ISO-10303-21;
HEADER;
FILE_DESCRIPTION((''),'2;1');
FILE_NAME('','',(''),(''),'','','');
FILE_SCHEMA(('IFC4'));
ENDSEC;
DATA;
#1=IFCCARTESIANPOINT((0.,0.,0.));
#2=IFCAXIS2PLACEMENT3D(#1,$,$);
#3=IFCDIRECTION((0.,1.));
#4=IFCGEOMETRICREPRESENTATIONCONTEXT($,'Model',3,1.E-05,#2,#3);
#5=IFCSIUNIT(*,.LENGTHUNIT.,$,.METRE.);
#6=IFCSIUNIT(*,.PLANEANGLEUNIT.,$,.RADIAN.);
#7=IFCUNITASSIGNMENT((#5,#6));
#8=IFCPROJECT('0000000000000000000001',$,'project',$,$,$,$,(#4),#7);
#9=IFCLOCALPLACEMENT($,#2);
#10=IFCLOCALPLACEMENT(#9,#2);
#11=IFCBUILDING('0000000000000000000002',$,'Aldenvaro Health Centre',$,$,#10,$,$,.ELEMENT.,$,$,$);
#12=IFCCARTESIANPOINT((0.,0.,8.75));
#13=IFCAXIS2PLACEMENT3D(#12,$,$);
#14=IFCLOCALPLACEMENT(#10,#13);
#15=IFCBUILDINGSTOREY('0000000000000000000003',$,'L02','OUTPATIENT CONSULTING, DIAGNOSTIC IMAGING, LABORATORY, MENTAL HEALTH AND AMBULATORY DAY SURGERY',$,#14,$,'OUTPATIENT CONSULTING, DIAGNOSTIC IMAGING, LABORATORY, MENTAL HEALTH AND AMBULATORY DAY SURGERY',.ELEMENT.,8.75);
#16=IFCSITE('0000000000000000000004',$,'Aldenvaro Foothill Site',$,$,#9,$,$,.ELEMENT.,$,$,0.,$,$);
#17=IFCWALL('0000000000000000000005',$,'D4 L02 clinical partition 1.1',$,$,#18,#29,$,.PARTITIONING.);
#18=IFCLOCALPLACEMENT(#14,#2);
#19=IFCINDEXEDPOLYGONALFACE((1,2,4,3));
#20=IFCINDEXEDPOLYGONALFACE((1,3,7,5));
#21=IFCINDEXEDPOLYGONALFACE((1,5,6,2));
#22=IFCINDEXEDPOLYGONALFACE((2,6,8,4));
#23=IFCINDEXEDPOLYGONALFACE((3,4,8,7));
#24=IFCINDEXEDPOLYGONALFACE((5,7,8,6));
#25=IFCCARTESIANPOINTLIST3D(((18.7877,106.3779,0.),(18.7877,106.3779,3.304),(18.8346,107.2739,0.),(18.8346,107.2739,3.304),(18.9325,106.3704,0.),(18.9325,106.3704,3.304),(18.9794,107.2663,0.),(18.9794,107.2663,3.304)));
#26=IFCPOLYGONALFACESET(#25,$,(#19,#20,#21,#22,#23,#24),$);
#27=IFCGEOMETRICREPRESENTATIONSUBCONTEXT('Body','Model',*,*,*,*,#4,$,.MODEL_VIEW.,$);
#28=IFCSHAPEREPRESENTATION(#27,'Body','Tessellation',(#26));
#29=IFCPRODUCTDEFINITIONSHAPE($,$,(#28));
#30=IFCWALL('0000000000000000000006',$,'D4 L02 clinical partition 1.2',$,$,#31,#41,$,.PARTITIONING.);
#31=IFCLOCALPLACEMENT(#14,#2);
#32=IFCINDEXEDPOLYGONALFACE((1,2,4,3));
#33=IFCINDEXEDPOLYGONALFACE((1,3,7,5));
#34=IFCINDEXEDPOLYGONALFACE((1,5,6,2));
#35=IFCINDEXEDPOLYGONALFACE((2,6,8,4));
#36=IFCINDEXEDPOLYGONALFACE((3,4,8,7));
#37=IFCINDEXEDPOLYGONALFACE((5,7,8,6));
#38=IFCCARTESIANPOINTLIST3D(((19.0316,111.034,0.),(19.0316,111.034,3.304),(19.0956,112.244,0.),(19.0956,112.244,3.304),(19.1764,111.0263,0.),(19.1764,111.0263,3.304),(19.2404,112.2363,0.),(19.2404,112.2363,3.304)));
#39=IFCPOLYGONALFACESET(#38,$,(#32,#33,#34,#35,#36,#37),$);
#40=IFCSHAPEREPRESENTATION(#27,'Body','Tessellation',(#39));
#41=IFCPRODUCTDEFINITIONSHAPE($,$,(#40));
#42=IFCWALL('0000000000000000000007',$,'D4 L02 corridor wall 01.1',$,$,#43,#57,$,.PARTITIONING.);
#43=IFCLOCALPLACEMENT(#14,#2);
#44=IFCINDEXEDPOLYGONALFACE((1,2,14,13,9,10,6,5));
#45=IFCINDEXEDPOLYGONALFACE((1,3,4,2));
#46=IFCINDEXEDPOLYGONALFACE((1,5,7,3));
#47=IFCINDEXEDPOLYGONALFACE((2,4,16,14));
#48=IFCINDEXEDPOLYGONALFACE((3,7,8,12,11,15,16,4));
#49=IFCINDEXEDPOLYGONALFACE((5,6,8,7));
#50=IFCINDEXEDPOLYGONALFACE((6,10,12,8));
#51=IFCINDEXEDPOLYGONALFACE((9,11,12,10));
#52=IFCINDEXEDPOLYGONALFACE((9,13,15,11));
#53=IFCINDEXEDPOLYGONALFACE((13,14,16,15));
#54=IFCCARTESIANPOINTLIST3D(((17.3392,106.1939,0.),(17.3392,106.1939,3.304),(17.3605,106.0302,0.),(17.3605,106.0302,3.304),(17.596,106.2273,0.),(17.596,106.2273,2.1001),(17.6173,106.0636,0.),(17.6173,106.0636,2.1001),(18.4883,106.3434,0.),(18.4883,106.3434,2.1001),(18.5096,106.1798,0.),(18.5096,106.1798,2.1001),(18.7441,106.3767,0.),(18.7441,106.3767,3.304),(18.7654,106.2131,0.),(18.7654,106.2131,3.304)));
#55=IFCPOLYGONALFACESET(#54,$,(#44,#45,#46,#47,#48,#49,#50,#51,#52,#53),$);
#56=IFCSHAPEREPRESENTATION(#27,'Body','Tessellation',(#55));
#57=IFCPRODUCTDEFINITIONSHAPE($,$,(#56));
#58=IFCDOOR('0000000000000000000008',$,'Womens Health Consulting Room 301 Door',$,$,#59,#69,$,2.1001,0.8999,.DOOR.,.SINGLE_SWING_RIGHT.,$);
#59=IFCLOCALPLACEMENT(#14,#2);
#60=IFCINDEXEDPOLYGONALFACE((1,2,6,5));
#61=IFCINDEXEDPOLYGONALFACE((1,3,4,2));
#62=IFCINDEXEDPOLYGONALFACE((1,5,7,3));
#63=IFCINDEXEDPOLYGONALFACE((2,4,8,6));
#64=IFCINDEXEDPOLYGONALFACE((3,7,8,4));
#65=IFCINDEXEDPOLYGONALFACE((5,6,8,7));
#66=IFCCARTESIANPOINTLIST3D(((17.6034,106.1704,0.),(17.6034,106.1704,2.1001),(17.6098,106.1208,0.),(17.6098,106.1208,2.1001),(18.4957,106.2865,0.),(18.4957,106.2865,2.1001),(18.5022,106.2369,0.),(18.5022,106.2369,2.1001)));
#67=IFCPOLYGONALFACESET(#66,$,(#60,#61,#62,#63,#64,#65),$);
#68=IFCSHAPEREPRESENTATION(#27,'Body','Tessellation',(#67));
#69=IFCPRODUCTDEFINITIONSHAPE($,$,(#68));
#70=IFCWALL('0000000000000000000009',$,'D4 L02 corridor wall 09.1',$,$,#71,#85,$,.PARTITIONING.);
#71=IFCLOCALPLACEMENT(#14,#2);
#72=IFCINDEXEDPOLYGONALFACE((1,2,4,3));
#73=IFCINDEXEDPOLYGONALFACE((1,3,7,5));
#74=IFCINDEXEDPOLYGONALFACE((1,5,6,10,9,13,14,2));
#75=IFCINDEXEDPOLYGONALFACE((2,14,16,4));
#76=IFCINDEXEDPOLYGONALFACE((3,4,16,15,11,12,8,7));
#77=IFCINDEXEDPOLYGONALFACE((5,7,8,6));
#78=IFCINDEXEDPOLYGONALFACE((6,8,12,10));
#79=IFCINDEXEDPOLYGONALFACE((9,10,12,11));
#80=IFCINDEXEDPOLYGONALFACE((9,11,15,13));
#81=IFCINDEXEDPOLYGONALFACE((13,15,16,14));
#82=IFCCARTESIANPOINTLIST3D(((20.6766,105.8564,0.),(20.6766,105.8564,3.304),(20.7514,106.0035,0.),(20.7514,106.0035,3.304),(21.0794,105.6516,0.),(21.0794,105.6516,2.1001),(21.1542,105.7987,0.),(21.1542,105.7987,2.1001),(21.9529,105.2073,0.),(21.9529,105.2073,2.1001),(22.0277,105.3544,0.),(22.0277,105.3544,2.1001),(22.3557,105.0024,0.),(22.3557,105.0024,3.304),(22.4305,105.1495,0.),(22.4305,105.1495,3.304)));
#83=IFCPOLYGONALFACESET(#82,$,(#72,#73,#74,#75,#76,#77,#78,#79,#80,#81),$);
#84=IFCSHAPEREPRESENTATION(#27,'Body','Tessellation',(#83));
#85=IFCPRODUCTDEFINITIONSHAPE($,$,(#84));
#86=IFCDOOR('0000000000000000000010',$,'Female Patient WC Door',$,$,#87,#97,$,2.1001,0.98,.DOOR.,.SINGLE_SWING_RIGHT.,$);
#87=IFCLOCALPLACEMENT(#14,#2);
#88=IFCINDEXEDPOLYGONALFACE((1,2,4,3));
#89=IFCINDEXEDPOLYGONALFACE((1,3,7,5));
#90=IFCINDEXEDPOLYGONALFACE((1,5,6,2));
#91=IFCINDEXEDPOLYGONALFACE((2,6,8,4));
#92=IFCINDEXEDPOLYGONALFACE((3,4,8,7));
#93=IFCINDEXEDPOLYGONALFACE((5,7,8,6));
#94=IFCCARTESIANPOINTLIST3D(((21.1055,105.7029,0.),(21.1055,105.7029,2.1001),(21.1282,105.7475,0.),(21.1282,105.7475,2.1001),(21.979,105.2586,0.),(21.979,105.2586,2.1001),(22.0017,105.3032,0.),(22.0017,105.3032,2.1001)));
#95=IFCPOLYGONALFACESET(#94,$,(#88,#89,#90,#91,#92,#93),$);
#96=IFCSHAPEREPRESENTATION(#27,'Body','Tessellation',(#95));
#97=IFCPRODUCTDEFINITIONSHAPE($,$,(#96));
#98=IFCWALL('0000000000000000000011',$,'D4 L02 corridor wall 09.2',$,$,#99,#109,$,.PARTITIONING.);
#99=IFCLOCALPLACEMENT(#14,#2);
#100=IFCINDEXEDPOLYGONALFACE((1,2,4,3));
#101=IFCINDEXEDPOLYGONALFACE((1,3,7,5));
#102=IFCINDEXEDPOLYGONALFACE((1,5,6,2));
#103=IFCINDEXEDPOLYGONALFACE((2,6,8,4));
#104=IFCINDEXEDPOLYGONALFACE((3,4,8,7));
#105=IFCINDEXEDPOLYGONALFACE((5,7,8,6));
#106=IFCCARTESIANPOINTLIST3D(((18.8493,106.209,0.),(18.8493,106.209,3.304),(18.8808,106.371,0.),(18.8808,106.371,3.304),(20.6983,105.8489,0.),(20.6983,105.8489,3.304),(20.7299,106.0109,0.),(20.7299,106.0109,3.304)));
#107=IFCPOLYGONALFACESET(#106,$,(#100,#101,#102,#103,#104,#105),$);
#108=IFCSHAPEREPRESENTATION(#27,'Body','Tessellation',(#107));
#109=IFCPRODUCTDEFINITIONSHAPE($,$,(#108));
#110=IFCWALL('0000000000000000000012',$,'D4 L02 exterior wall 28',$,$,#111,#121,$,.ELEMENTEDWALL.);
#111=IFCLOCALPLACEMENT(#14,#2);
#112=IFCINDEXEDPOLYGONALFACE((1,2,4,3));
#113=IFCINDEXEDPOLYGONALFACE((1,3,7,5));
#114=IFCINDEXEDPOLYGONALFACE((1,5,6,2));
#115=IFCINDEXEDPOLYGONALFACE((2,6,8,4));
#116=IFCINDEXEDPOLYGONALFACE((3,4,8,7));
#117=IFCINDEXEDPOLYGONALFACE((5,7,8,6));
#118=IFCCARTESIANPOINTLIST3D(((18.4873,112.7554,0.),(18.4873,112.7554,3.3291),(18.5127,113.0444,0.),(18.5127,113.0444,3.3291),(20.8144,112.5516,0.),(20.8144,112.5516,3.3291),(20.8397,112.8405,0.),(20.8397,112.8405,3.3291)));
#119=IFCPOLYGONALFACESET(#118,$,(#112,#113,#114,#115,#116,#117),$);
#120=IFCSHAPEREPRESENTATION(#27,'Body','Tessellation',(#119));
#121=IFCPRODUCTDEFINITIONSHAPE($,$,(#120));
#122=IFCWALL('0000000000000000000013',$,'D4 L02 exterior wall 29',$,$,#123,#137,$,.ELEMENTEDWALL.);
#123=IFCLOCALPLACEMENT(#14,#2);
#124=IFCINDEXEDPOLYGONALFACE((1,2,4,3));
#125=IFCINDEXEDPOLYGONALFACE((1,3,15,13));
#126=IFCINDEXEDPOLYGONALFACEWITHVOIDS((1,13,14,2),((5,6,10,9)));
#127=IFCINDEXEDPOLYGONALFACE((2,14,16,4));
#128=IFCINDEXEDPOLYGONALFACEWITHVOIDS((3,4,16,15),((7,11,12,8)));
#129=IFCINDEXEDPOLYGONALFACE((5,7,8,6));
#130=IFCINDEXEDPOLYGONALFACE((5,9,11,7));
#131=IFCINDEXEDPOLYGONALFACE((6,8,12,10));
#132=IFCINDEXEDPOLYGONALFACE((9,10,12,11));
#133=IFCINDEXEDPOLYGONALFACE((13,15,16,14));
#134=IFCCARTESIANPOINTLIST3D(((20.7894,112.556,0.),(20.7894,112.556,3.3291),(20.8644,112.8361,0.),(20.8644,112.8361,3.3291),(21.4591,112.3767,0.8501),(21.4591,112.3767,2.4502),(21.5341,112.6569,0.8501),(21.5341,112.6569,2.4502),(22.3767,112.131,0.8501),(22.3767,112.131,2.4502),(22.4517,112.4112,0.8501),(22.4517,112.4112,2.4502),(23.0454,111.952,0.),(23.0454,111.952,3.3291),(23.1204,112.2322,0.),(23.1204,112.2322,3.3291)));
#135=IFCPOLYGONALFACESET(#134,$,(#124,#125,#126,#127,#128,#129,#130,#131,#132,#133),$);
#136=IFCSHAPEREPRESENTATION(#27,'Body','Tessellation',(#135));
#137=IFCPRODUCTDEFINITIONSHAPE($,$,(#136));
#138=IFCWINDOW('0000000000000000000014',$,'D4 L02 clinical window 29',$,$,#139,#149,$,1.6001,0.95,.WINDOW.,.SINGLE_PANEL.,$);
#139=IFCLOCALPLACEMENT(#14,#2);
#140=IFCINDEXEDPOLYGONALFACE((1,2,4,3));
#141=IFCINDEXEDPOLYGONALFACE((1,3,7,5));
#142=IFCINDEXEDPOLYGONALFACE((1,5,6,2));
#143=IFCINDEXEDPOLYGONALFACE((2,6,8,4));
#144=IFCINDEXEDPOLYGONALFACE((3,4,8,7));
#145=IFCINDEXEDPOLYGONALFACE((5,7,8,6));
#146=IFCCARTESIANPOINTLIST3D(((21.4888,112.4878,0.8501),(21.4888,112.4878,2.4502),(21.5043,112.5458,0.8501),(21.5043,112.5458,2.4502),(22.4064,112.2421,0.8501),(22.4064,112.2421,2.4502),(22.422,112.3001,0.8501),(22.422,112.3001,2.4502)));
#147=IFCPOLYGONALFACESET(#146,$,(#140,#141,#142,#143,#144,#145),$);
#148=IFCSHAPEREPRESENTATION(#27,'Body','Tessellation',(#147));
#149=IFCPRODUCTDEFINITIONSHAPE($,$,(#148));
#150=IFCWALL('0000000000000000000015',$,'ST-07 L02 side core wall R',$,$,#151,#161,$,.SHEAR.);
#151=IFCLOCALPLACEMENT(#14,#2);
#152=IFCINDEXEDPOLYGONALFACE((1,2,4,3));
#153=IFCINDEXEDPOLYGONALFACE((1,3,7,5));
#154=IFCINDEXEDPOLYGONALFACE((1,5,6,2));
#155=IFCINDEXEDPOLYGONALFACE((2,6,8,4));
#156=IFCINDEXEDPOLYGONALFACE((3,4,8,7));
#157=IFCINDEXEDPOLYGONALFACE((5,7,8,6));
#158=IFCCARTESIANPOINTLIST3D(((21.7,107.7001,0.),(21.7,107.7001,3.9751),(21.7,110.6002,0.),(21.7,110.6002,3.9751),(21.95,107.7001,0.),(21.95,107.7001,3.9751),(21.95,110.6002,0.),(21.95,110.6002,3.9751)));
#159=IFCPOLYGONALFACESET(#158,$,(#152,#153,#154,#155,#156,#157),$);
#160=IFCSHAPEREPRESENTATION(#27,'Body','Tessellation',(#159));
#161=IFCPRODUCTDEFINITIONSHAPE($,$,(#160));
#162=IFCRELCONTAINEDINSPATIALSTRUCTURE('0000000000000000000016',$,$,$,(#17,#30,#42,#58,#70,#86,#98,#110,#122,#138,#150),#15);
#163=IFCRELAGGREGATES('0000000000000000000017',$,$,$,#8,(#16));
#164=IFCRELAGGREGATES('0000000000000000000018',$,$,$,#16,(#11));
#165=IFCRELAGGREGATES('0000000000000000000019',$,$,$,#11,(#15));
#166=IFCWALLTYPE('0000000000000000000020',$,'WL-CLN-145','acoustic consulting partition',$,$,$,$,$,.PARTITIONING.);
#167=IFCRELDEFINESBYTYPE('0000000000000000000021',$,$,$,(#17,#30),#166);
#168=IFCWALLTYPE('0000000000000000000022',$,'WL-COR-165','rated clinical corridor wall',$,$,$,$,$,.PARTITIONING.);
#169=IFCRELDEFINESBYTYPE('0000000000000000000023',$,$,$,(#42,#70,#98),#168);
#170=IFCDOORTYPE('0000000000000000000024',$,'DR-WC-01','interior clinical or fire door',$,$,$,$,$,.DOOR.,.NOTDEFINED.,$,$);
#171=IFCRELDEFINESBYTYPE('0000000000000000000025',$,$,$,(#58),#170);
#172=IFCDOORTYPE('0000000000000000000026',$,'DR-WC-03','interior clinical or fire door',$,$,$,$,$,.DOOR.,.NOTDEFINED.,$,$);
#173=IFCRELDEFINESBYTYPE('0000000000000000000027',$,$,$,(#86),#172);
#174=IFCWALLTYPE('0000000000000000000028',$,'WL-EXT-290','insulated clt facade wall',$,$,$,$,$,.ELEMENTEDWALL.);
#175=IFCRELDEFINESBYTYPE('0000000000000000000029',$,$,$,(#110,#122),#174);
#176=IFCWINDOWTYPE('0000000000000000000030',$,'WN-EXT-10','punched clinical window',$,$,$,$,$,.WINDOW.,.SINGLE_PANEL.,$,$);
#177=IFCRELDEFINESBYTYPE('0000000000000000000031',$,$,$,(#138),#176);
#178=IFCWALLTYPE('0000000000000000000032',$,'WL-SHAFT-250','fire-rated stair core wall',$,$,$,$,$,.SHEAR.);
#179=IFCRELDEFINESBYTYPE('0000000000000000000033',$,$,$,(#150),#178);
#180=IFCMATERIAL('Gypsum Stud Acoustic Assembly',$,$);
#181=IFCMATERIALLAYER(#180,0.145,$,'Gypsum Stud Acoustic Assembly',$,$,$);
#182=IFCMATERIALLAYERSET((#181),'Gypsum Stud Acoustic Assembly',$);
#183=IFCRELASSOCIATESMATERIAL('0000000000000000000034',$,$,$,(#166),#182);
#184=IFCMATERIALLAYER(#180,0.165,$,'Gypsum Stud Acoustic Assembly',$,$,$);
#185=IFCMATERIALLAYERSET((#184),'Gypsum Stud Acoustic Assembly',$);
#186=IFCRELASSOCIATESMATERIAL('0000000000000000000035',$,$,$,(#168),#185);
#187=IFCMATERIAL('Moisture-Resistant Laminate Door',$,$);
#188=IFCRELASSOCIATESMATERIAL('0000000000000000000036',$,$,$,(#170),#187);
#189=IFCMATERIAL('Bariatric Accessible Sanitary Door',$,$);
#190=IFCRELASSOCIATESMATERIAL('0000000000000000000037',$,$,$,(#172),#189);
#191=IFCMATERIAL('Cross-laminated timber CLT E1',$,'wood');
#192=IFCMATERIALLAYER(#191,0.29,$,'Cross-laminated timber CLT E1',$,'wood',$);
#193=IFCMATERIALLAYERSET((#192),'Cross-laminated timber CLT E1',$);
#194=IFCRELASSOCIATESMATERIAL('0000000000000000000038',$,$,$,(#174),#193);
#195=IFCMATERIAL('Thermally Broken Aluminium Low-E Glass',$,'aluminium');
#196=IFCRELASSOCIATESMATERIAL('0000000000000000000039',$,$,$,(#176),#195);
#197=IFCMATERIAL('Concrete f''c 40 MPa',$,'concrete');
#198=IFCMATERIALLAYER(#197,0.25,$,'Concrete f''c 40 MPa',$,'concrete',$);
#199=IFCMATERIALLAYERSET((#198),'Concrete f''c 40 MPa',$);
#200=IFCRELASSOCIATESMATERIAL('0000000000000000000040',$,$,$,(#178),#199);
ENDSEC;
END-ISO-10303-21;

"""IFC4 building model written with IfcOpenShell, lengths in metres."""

from ifc_helpers import new_model, si_unit, direction, frame, frame_2d, origin, place, context, subcontext, project, spatial, rectangle, extrude, material, layer, layer_set, type_object, element, fill, save


model = new_model("IFC4")

# Units and contexts
model_context = context("Model", 3, precision=1e-05, world=origin(), true_north=direction((0.0, 1.0)))
body_context = subcontext(model_context, "Body", "Model", "MODEL_VIEW")
ifc_project = project(units=[si_unit("LENGTHUNIT", "METRE"), si_unit("PLANEANGLEUNIT", "RADIAN")], contexts=[model_context])

# Site, building, storey
site_placement = place(None, origin())
site = spatial("IfcSite", under=ifc_project, at=site_placement, Name="Aldenvaro Foothill Site", CompositionType="ELEMENT", RefElevation=0.0)
building_placement = place(site_placement, origin())
building = spatial("IfcBuilding", under=site, at=building_placement, Name="Aldenvaro Health Centre", CompositionType="ELEMENT")
storey_placement = place(building_placement, frame((0.0, 0.0, 8.75)))
storey = spatial("IfcBuildingStorey", under=building, at=storey_placement, Name="L02", Description="OUTPATIENT CONSULTING, DIAGNOSTIC IMAGING, LABORATORY, MENTAL HEALTH AND AMBULATORY DAY SURGERY", LongName="OUTPATIENT CONSULTING, DIAGNOSTIC IMAGING, LABORATORY, MENTAL HEALTH AND AMBULATORY DAY SURGERY", CompositionType="ELEMENT", Elevation=8.75)

# Walls
ifc_material_1 = material(Name="Gypsum Stud Acoustic Assembly")
ifc_layer_1 = layer(ifc_material_1, 0.145, Name="Gypsum Stud Acoustic Assembly")
ifc_layer_set_1 = layer_set([ifc_layer_1], Name="Gypsum Stud Acoustic Assembly")
wall_type_1 = type_object("IfcWallType", Name="WL-CLN-145", Description="acoustic consulting partition", PredefinedType="PARTITIONING", material=ifc_layer_set_1)
wall_1_placement = place(storey_placement, frame((18.8601, 106.374, 0.0), z_axis=(0.0, 0.0, 1.0), x_axis=(0.052245, 0.998634, 0.0)))
element("IfcWall", 1, at=wall_1_placement, inside=storey, type_object=wall_type_1, Name="D4 L02 clinical partition 1.1", PredefinedType="PARTITIONING", context=body_context, shape_type="SweptSolid", body=[
    extrude(rectangle(XDim=0.8972, YDim=0.145, at=frame_2d((0.4487, 0.0))), origin(), (0.0, 0.0, 1.0), 3.304),
])
wall_2_placement = place(storey_placement, frame((19.104, 111.03, 0.0), z_axis=(0.0, 0.0, 1.0), x_axis=(0.052791, 0.998606, 0.0)))
element("IfcWall", 2, at=wall_2_placement, inside=storey, type_object=wall_type_1, Name="D4 L02 clinical partition 1.2", PredefinedType="PARTITIONING", context=body_context, shape_type="SweptSolid", body=[
    extrude(rectangle(XDim=1.2117, YDim=0.145, at=frame_2d((0.606, 0.0))), origin(), (0.0, 0.0, 1.0), 3.304),
])

# Walls, openings, doors
ifc_layer_2 = layer(ifc_material_1, 0.165, Name="Gypsum Stud Acoustic Assembly")
ifc_layer_set_2 = layer_set([ifc_layer_2], Name="Gypsum Stud Acoustic Assembly")
wall_type_2 = type_object("IfcWallType", Name="WL-COR-165", Description="rated clinical corridor wall", PredefinedType="PARTITIONING", material=ifc_layer_set_2)
wall_3_placement = place(storey_placement, frame((18.7549, 106.2949, 0.0), z_axis=(0.0, 0.0, 1.0), x_axis=(-0.991634, -0.129081, 0.0)))
wall_3 = element("IfcWall", 3, at=wall_3_placement, inside=storey, type_object=wall_type_2, Name="D4 L02 corridor wall 01.1", PredefinedType="PARTITIONING", context=body_context, shape_type="SweptSolid", body=[
    extrude(rectangle(XDim=1.4167, YDim=0.165, at=frame_2d((0.7085, 0.0))), origin(), (0.0, 0.0, 1.0), 3.304),
])
opening_1_placement = place(wall_3_placement, frame((0.2581, 0.0, 0.0)))
opening_1 = element("IfcOpeningElement", 4, at=opening_1_placement, cuts=wall_3, PredefinedType="OPENING", context=body_context, shape_type="SweptSolid", body=[
    extrude(rectangle(XDim=0.8999, YDim=2.1001, at=frame_2d((0.45, 1.05))), frame((0.0, 0.0925, 0.0), z_axis=(0.0, -1.0, 0.0), x_axis=(1.0, 0.0, 0.0)), (0.0, 0.0, 1.0), 0.1851),
])
ifc_material_2 = material(Name="Moisture-Resistant Laminate Door")
door_type_1 = type_object("IfcDoorType", Name="DR-WC-01", Description="interior clinical or fire door", OperationType="NOTDEFINED", PredefinedType="DOOR", material=ifc_material_2)
door_1_placement = place(opening_1_placement, origin())
door_1 = element("IfcDoor", 5, at=door_1_placement, inside=storey, type_object=door_type_1, Name="Womens Health Consulting Room 301 Door", OperationType="SINGLE_SWING_RIGHT", OverallHeight=2.1001, OverallWidth=0.8999, PredefinedType="DOOR", context=body_context, shape_type="SweptSolid", body=[
    extrude(rectangle(XDim=0.8999, YDim=2.1001, at=frame_2d((0.45, 1.05))), frame((0.0, 0.0249, 0.0), z_axis=(0.0, -1.0, 0.0), x_axis=(1.0, 0.0, 0.0)), (0.0, 0.0, 1.0), 0.05),
])
fill(opening_1, door_1)
wall_4_placement = place(storey_placement, frame((22.3931, 105.0759, 0.0), z_axis=(0.0, 0.0, 1.0), x_axis=(-0.891321, 0.453372, 0.0)))
wall_4 = element("IfcWall", 6, at=wall_4_placement, inside=storey, type_object=wall_type_2, Name="D4 L02 corridor wall 09.1", PredefinedType="PARTITIONING", context=body_context, shape_type="SweptSolid", body=[
    extrude(rectangle(XDim=1.8838, YDim=0.165, at=frame_2d((0.9419, 0.0))), origin(), (0.0, 0.0, 1.0), 3.304),
])
opening_2_placement = place(wall_4_placement, frame((0.4519, 0.0, 0.0)))
opening_2 = element("IfcOpeningElement", 7, at=opening_2_placement, cuts=wall_4, PredefinedType="OPENING", context=body_context, shape_type="SweptSolid", body=[
    extrude(rectangle(XDim=0.98, YDim=2.1001, at=frame_2d((0.49, 1.05))), frame((0.0, 0.0925, 0.0), z_axis=(0.0, -1.0, 0.0), x_axis=(1.0, 0.0, 0.0)), (0.0, 0.0, 1.0), 0.1851),
])
ifc_material_3 = material(Name="Bariatric Accessible Sanitary Door")
door_type_2 = type_object("IfcDoorType", Name="DR-WC-03", Description="interior clinical or fire door", OperationType="NOTDEFINED", PredefinedType="DOOR", material=ifc_material_3)
door_2_placement = place(opening_2_placement, origin())
door_2 = element("IfcDoor", 8, at=door_2_placement, inside=storey, type_object=door_type_2, Name="Female Patient WC Door", OperationType="SINGLE_SWING_RIGHT", OverallHeight=2.1001, OverallWidth=0.98, PredefinedType="DOOR", context=body_context, shape_type="SweptSolid", body=[
    extrude(rectangle(XDim=0.98, YDim=2.1001, at=frame_2d((0.49, 1.05))), frame((0.0, 0.0249, 0.0), z_axis=(0.0, -1.0, 0.0), x_axis=(1.0, 0.0, 0.0)), (0.0, 0.0, 1.0), 0.05),
])
fill(opening_2, door_2)

# Walls
wall_5_placement = place(storey_placement, frame((20.7141, 105.9299, 0.0), z_axis=(0.0, 0.0, 1.0), x_axis=(-0.98156, 0.191154, 0.0)))
element("IfcWall", 9, at=wall_5_placement, inside=storey, type_object=wall_type_2, Name="D4 L02 corridor wall 09.2", PredefinedType="PARTITIONING", context=body_context, shape_type="SweptSolid", body=[
    extrude(rectangle(XDim=1.8838, YDim=0.165, at=frame_2d((0.9419, 0.0))), origin(), (0.0, 0.0, 1.0), 3.304),
])
ifc_material_4 = material(Name="Cross-laminated timber CLT E1", Category="wood")
ifc_layer_3 = layer(ifc_material_4, 0.29, Name="Cross-laminated timber CLT E1", Category="wood")
ifc_layer_set_3 = layer_set([ifc_layer_3], Name="Cross-laminated timber CLT E1")
wall_type_3 = type_object("IfcWallType", Name="WL-EXT-290", Description="insulated clt facade wall", PredefinedType="ELEMENTEDWALL", material=ifc_layer_set_3)
wall_6_placement = place(storey_placement, frame((18.5, 112.8999, 0.0), z_axis=(0.0, 0.0, 1.0), x_axis=(0.996184, -0.087275, 0.0)))
element("IfcWall", 10, at=wall_6_placement, inside=storey, type_object=wall_type_3, Name="D4 L02 exterior wall 28", PredefinedType="ELEMENTEDWALL", context=body_context, shape_type="SweptSolid", body=[
    extrude(rectangle(XDim=2.3359, YDim=0.29, at=frame_2d((1.168, 0.0))), origin(), (0.0, 0.0, 1.0), 3.3291),
])

# Wall, opening, window
wall_7_placement = place(storey_placement, frame((20.8269, 112.696, 0.0), z_axis=(0.0, 0.0, 1.0), x_axis=(0.965981, -0.258612, 0.0)))
wall_7 = element("IfcWall", 11, at=wall_7_placement, inside=storey, type_object=wall_type_3, Name="D4 L02 exterior wall 29", PredefinedType="ELEMENTEDWALL", context=body_context, shape_type="SweptSolid", body=[
    extrude(rectangle(XDim=2.3354, YDim=0.29, at=frame_2d((1.1677, 0.0))), origin(), (0.0, 0.0, 1.0), 3.3291),
])
opening_3_placement = place(wall_7_placement, frame((0.6931, 0.0, 0.8501)))
opening_3 = element("IfcOpeningElement", 12, at=opening_3_placement, cuts=wall_7, PredefinedType="OPENING", context=body_context, shape_type="SweptSolid", body=[
    extrude(rectangle(XDim=0.95, YDim=1.6001, at=frame_2d((0.4751, 0.8))), frame((0.0, 0.155, 0.0), z_axis=(0.0, -1.0, 0.0), x_axis=(1.0, 0.0, 0.0)), (0.0, 0.0, 1.0), 0.3101),
])
ifc_material_5 = material(Name="Thermally Broken Aluminium Low-E Glass", Category="aluminium")
window_type = type_object("IfcWindowType", Name="WN-EXT-10", Description="punched clinical window", PartitioningType="SINGLE_PANEL", PredefinedType="WINDOW", material=ifc_material_5)
window_placement = place(opening_3_placement, origin())
window = element("IfcWindow", 13, at=window_placement, inside=storey, type_object=window_type, Name="D4 L02 clinical window 29", OverallHeight=1.6001, OverallWidth=0.95, PartitioningType="SINGLE_PANEL", PredefinedType="WINDOW", context=body_context, shape_type="SweptSolid", body=[
    extrude(rectangle(XDim=0.95, YDim=1.6001, at=frame_2d((0.4751, 0.8))), frame((0.0, 0.03, 0.0), z_axis=(0.0, -1.0, 0.0), x_axis=(1.0, 0.0, 0.0)), (0.0, 0.0, 1.0), 0.0601),
])
fill(opening_3, window)

# Wall
ifc_material_6 = material(Name="Concrete f'c 40 MPa", Category="concrete")
ifc_layer_4 = layer(ifc_material_6, 0.25, Name="Concrete f'c 40 MPa", Category="concrete")
ifc_layer_set_4 = layer_set([ifc_layer_4], Name="Concrete f'c 40 MPa")
wall_type_4 = type_object("IfcWallType", Name="WL-SHAFT-250", Description="fire-rated stair core wall", PredefinedType="SHEAR", material=ifc_layer_set_4)
wall_8_placement = place(storey_placement, frame((21.825, 107.7, 0.0), z_axis=(0.0, 0.0, 1.0), x_axis=(0.0, 1.0, 0.0)))
element("IfcWall", 14, at=wall_8_placement, inside=storey, type_object=wall_type_4, Name="ST-07 L02 side core wall R", PredefinedType="SHEAR", context=body_context, shape_type="SweptSolid", body=[
    extrude(rectangle(XDim=2.9001, YDim=0.25, at=frame_2d((1.4502, 0.0))), origin(), (0.0, 0.0, 1.0), 3.9751),
])

save(model, "model.ifc")
